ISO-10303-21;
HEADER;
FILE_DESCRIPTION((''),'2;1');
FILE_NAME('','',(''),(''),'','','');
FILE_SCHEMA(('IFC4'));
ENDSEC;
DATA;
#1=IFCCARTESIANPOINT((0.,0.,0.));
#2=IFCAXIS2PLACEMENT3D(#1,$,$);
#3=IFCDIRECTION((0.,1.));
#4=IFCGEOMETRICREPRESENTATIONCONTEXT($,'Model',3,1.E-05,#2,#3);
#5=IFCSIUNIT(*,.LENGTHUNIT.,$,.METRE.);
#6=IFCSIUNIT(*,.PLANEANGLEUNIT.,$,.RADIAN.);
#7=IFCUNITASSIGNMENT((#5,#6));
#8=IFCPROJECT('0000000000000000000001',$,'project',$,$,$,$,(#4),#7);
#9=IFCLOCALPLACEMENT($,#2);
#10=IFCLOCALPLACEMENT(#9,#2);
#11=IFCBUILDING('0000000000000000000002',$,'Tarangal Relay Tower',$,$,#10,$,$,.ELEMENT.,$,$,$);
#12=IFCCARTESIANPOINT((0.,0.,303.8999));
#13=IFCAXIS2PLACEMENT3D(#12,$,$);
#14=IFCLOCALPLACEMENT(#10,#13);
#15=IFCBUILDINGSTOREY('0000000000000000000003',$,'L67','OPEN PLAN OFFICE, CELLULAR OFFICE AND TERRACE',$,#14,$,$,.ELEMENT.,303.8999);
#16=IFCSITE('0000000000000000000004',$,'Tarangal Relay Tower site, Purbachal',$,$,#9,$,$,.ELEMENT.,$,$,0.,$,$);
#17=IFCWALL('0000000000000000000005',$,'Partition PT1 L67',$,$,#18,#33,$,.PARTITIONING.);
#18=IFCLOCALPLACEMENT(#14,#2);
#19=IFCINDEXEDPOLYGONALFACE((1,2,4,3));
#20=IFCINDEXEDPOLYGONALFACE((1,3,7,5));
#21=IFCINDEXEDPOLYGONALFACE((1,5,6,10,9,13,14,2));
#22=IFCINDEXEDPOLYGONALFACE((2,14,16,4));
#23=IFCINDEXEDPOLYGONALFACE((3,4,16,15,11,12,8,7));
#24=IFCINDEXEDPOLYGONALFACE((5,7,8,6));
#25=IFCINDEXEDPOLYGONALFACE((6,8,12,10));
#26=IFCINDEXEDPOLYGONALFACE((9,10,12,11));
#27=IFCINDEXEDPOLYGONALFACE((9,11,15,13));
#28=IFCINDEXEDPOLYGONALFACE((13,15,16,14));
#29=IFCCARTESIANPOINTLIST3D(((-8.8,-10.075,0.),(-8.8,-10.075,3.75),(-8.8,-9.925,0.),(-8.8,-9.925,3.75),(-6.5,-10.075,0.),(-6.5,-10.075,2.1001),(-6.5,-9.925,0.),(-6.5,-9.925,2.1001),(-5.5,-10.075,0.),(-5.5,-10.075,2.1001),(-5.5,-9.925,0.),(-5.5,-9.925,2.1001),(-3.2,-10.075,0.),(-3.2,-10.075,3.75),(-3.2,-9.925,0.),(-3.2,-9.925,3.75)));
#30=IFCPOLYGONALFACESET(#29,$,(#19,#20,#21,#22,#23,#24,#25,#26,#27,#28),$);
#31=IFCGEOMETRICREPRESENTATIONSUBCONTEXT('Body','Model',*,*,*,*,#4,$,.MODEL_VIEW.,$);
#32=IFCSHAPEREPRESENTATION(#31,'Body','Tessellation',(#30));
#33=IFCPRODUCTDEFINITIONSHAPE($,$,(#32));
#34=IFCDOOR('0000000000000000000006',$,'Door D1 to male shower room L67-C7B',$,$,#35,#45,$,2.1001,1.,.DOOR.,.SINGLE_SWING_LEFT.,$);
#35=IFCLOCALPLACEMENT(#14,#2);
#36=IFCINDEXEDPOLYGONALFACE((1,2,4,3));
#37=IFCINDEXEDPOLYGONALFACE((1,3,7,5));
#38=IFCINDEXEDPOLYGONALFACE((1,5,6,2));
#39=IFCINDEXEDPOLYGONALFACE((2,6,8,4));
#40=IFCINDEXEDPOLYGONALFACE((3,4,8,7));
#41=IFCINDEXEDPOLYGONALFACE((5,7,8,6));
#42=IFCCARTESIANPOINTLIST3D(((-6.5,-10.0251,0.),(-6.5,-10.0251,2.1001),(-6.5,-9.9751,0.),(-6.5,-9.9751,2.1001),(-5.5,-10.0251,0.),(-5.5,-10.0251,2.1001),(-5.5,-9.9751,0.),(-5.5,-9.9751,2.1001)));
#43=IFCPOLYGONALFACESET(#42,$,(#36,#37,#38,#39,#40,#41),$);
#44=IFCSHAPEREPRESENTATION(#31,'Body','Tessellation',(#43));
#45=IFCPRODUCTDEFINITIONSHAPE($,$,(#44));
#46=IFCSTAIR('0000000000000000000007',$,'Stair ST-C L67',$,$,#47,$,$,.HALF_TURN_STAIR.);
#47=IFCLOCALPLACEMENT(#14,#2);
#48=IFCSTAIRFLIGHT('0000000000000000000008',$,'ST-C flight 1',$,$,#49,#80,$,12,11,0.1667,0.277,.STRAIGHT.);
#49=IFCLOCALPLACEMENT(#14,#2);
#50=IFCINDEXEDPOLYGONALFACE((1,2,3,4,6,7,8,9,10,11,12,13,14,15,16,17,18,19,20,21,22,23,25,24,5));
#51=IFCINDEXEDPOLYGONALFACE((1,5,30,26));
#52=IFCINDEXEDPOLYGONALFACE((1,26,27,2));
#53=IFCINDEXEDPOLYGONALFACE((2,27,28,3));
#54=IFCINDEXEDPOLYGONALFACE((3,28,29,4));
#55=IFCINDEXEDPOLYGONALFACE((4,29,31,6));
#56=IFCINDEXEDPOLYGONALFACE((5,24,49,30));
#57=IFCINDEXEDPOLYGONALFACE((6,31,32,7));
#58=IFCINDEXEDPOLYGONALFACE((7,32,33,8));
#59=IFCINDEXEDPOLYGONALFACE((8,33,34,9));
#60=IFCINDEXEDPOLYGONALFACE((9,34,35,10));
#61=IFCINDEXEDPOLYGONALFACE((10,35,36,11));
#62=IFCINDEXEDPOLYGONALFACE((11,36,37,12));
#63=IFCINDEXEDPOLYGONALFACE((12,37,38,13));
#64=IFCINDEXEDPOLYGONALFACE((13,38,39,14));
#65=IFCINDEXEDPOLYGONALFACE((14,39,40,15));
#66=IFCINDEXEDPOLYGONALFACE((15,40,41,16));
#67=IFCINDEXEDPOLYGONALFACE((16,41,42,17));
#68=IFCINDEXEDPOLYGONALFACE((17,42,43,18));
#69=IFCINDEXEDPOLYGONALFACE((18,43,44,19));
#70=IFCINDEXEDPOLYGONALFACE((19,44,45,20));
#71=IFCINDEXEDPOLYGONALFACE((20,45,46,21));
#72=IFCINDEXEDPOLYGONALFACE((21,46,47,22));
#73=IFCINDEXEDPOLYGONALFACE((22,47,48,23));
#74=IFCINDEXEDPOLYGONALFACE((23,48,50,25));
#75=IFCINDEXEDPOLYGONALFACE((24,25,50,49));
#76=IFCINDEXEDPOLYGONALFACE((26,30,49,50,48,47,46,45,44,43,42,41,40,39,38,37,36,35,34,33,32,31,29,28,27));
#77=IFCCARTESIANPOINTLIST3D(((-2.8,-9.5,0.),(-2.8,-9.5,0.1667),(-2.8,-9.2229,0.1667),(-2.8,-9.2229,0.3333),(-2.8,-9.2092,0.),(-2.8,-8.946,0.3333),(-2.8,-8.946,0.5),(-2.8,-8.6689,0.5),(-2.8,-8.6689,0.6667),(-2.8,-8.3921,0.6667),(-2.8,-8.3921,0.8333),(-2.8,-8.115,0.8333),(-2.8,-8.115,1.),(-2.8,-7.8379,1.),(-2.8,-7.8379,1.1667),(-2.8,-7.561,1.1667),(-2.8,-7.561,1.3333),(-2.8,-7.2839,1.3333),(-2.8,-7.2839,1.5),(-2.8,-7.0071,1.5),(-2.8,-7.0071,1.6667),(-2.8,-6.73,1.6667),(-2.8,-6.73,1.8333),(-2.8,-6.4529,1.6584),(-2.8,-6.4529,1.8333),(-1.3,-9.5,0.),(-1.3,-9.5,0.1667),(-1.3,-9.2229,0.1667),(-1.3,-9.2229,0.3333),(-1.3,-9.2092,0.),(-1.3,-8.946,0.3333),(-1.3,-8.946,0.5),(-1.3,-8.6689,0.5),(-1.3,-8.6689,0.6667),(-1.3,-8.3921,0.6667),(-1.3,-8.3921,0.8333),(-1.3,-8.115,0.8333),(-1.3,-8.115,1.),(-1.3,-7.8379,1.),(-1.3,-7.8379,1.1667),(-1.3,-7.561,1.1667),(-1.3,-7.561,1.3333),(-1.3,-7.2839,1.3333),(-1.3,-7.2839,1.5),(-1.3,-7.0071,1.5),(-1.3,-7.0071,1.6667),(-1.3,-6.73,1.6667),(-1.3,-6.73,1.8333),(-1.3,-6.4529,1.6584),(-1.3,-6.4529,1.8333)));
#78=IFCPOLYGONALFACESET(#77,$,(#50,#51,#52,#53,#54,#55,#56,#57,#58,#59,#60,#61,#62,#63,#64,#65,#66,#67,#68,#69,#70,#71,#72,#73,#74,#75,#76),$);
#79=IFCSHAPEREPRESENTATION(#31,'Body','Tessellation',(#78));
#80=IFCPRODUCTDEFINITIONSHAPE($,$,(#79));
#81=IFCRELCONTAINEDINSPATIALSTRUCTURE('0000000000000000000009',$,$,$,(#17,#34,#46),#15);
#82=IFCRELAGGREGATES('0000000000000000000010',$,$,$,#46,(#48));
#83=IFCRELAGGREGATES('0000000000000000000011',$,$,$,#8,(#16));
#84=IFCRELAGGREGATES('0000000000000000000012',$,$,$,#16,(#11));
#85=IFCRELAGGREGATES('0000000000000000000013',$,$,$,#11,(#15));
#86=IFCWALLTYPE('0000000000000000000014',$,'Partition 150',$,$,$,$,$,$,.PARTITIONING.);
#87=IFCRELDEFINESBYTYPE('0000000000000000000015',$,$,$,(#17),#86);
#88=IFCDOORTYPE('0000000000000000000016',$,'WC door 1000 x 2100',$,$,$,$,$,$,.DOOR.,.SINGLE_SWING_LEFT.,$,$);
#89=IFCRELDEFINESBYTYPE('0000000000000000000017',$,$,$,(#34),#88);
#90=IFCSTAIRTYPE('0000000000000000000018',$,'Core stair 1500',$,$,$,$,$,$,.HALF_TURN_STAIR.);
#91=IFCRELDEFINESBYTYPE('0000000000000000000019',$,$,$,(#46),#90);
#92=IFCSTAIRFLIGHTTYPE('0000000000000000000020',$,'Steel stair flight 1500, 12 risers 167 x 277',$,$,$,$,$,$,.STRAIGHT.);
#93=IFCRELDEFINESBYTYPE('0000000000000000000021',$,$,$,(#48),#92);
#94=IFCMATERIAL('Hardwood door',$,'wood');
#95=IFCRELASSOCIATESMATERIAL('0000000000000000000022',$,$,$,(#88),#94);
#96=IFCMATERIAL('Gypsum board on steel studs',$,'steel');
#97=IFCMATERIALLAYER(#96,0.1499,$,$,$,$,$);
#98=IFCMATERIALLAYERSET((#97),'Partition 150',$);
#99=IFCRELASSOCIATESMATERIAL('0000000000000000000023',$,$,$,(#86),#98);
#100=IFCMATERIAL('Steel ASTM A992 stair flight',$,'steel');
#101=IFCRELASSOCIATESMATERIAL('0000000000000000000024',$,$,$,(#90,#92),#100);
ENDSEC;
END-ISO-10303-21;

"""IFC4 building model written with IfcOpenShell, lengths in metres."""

from ifc_helpers import new_model, si_unit, direction, frame, frame_2d, origin, place, context, subcontext, project, spatial, polyline, rectangle, outline, extrude, material, layer, layer_set, type_object, element, fill, aggregate, save


model = new_model("IFC4")

# Units and contexts
model_context = context("Model", 3, precision=1e-05, world=origin(), true_north=direction((0.0, 1.0)))
body_context = subcontext(model_context, "Body", "Model", "MODEL_VIEW")
ifc_project = project(units=[si_unit("LENGTHUNIT", "METRE"), si_unit("PLANEANGLEUNIT", "RADIAN")], contexts=[model_context])

# Site, building, storey
site_placement = place(None, origin())
site = spatial("IfcSite", under=ifc_project, at=site_placement, Name="Tarangal Relay Tower site, Purbachal", CompositionType="ELEMENT", RefElevation=0.0)
building_placement = place(site_placement, origin())
building = spatial("IfcBuilding", under=site, at=building_placement, Name="Tarangal Relay Tower", CompositionType="ELEMENT")
storey_placement = place(building_placement, frame((0.0, 0.0, 303.8999)))
storey = spatial("IfcBuildingStorey", under=building, at=storey_placement, Name="L67", Description="OPEN PLAN OFFICE, CELLULAR OFFICE AND TERRACE", CompositionType="ELEMENT", Elevation=303.8999)

# Shared definitions
ifc_material_1 = material(Name="Hardwood door", Category="wood")
door_type = type_object("IfcDoorType", Name="WC door 1000 x 2100", OperationType="SINGLE_SWING_LEFT", PredefinedType="DOOR", material=ifc_material_1)

# Wall, opening, door
ifc_material_2 = material(Name="Gypsum board on steel studs", Category="steel")
ifc_layer_1 = layer(ifc_material_2, 0.1499)
ifc_layer_set_1 = layer_set([ifc_layer_1], Name="Partition 150")
wall_type_1 = type_object("IfcWallType", Name="Partition 150", PredefinedType="PARTITIONING", material=ifc_layer_set_1)
wall_1_placement = place(storey_placement, frame((-8.8, -10.0, 0.0), z_axis=(0.0, 0.0, 1.0), x_axis=(1.0, 0.0, 0.0)))
wall_1 = element("IfcWall", 1, at=wall_1_placement, inside=storey, type_object=wall_type_1, Name="Partition PT1 L67", PredefinedType="PARTITIONING", context=body_context, shape_type="SweptSolid", body=[
    extrude(rectangle(XDim=5.6001, YDim=0.1499, at=frame_2d((2.8, 0.0))), origin(), (0.0, 0.0, 1.0), 3.75),
])
opening_1_placement = place(wall_1_placement, frame((2.3, 0.0, 0.0)))
opening_1 = element("IfcOpeningElement", 2, at=opening_1_placement, cuts=wall_1, PredefinedType="OPENING", context=body_context, shape_type="SweptSolid", body=[
    extrude(rectangle(XDim=1.0, YDim=2.1001, at=frame_2d((0.5, 1.05))), frame((0.0, 0.085, 0.0), z_axis=(0.0, -1.0, 0.0), x_axis=(1.0, 0.0, 0.0)), (0.0, 0.0, 1.0), 0.1699),
])
door_1_placement = place(opening_1_placement, origin())
door_1 = element("IfcDoor", 3, at=door_1_placement, inside=storey, type_object=door_type, Name="Door D1 to male shower room L67-C7B", OperationType="SINGLE_SWING_LEFT", OverallHeight=2.1001, OverallWidth=1.0, PredefinedType="DOOR", context=body_context, shape_type="SweptSolid", body=[
    extrude(rectangle(XDim=1.0, YDim=2.1001, at=frame_2d((0.5, 1.05))), frame((0.0, 0.0249, 0.0), z_axis=(0.0, -1.0, 0.0), x_axis=(1.0, 0.0, 0.0)), (0.0, 0.0, 1.0), 0.05),
])
fill(opening_1, door_1)

# Stair, stair flight
ifc_material_3 = material(Name="Steel ASTM A992 stair flight", Category="steel")
stair_type = type_object("IfcStairType", Name="Core stair 1500", PredefinedType="HALF_TURN_STAIR", material=ifc_material_3)
stair_placement = place(storey_placement, origin())
stair = element("IfcStair", 4, at=stair_placement, inside=storey, type_object=stair_type, Name="Stair ST-C L67", PredefinedType="HALF_TURN_STAIR")
stair_flight_type = type_object("IfcStairFlightType", Name="Steel stair flight 1500, 12 risers 167 x 277", PredefinedType="STRAIGHT", material=ifc_material_3)
stair_flight_placement = place(storey_placement, frame((-2.05, -9.5, 0.0), z_axis=(0.0, 0.0, 1.0), x_axis=(0.0, 1.0, 0.0)))
stair_flight = element("IfcStairFlight", 5, at=stair_flight_placement, type_object=stair_flight_type, Name="ST-C flight 1", NumberOfRisers=12, NumberOfTreads=11, PredefinedType="STRAIGHT", RiserHeight=0.1667, TreadLength=0.277, context=body_context, shape_type="SweptSolid", body=[
    extrude(outline(polyline([(0.0, 0.0), (0.0, 0.1667), (0.2771, 0.1667), (0.2771, 0.3333), (0.554, 0.3333), (0.554, 0.5), (0.8311, 0.5), (0.8311, 0.6667), (1.1079, 0.6667), (1.1079, 0.8333), (1.385, 0.8333), (1.385, 1.0), (1.6621, 1.0), (1.6621, 1.1667), (1.939, 1.1667), (1.939, 1.3333), (2.2161, 1.3333), (2.2161, 1.5), (2.4929, 1.5), (2.4929, 1.6667), (2.77, 1.6667), (2.77, 1.8333), (3.0471, 1.8333), (3.0471, 2.0), (3.0471, 1.6584), (0.2908, 0.0), (0.0, 0.0)])), frame((0.0, 0.75, 0.0), z_axis=(0.0, -1.0, 0.0), x_axis=(1.0, 0.0, 0.0)), (0.0, 0.0, 1.0), 1.5),
])
aggregate(stair, [stair_flight])

save(model, "model.ifc")
